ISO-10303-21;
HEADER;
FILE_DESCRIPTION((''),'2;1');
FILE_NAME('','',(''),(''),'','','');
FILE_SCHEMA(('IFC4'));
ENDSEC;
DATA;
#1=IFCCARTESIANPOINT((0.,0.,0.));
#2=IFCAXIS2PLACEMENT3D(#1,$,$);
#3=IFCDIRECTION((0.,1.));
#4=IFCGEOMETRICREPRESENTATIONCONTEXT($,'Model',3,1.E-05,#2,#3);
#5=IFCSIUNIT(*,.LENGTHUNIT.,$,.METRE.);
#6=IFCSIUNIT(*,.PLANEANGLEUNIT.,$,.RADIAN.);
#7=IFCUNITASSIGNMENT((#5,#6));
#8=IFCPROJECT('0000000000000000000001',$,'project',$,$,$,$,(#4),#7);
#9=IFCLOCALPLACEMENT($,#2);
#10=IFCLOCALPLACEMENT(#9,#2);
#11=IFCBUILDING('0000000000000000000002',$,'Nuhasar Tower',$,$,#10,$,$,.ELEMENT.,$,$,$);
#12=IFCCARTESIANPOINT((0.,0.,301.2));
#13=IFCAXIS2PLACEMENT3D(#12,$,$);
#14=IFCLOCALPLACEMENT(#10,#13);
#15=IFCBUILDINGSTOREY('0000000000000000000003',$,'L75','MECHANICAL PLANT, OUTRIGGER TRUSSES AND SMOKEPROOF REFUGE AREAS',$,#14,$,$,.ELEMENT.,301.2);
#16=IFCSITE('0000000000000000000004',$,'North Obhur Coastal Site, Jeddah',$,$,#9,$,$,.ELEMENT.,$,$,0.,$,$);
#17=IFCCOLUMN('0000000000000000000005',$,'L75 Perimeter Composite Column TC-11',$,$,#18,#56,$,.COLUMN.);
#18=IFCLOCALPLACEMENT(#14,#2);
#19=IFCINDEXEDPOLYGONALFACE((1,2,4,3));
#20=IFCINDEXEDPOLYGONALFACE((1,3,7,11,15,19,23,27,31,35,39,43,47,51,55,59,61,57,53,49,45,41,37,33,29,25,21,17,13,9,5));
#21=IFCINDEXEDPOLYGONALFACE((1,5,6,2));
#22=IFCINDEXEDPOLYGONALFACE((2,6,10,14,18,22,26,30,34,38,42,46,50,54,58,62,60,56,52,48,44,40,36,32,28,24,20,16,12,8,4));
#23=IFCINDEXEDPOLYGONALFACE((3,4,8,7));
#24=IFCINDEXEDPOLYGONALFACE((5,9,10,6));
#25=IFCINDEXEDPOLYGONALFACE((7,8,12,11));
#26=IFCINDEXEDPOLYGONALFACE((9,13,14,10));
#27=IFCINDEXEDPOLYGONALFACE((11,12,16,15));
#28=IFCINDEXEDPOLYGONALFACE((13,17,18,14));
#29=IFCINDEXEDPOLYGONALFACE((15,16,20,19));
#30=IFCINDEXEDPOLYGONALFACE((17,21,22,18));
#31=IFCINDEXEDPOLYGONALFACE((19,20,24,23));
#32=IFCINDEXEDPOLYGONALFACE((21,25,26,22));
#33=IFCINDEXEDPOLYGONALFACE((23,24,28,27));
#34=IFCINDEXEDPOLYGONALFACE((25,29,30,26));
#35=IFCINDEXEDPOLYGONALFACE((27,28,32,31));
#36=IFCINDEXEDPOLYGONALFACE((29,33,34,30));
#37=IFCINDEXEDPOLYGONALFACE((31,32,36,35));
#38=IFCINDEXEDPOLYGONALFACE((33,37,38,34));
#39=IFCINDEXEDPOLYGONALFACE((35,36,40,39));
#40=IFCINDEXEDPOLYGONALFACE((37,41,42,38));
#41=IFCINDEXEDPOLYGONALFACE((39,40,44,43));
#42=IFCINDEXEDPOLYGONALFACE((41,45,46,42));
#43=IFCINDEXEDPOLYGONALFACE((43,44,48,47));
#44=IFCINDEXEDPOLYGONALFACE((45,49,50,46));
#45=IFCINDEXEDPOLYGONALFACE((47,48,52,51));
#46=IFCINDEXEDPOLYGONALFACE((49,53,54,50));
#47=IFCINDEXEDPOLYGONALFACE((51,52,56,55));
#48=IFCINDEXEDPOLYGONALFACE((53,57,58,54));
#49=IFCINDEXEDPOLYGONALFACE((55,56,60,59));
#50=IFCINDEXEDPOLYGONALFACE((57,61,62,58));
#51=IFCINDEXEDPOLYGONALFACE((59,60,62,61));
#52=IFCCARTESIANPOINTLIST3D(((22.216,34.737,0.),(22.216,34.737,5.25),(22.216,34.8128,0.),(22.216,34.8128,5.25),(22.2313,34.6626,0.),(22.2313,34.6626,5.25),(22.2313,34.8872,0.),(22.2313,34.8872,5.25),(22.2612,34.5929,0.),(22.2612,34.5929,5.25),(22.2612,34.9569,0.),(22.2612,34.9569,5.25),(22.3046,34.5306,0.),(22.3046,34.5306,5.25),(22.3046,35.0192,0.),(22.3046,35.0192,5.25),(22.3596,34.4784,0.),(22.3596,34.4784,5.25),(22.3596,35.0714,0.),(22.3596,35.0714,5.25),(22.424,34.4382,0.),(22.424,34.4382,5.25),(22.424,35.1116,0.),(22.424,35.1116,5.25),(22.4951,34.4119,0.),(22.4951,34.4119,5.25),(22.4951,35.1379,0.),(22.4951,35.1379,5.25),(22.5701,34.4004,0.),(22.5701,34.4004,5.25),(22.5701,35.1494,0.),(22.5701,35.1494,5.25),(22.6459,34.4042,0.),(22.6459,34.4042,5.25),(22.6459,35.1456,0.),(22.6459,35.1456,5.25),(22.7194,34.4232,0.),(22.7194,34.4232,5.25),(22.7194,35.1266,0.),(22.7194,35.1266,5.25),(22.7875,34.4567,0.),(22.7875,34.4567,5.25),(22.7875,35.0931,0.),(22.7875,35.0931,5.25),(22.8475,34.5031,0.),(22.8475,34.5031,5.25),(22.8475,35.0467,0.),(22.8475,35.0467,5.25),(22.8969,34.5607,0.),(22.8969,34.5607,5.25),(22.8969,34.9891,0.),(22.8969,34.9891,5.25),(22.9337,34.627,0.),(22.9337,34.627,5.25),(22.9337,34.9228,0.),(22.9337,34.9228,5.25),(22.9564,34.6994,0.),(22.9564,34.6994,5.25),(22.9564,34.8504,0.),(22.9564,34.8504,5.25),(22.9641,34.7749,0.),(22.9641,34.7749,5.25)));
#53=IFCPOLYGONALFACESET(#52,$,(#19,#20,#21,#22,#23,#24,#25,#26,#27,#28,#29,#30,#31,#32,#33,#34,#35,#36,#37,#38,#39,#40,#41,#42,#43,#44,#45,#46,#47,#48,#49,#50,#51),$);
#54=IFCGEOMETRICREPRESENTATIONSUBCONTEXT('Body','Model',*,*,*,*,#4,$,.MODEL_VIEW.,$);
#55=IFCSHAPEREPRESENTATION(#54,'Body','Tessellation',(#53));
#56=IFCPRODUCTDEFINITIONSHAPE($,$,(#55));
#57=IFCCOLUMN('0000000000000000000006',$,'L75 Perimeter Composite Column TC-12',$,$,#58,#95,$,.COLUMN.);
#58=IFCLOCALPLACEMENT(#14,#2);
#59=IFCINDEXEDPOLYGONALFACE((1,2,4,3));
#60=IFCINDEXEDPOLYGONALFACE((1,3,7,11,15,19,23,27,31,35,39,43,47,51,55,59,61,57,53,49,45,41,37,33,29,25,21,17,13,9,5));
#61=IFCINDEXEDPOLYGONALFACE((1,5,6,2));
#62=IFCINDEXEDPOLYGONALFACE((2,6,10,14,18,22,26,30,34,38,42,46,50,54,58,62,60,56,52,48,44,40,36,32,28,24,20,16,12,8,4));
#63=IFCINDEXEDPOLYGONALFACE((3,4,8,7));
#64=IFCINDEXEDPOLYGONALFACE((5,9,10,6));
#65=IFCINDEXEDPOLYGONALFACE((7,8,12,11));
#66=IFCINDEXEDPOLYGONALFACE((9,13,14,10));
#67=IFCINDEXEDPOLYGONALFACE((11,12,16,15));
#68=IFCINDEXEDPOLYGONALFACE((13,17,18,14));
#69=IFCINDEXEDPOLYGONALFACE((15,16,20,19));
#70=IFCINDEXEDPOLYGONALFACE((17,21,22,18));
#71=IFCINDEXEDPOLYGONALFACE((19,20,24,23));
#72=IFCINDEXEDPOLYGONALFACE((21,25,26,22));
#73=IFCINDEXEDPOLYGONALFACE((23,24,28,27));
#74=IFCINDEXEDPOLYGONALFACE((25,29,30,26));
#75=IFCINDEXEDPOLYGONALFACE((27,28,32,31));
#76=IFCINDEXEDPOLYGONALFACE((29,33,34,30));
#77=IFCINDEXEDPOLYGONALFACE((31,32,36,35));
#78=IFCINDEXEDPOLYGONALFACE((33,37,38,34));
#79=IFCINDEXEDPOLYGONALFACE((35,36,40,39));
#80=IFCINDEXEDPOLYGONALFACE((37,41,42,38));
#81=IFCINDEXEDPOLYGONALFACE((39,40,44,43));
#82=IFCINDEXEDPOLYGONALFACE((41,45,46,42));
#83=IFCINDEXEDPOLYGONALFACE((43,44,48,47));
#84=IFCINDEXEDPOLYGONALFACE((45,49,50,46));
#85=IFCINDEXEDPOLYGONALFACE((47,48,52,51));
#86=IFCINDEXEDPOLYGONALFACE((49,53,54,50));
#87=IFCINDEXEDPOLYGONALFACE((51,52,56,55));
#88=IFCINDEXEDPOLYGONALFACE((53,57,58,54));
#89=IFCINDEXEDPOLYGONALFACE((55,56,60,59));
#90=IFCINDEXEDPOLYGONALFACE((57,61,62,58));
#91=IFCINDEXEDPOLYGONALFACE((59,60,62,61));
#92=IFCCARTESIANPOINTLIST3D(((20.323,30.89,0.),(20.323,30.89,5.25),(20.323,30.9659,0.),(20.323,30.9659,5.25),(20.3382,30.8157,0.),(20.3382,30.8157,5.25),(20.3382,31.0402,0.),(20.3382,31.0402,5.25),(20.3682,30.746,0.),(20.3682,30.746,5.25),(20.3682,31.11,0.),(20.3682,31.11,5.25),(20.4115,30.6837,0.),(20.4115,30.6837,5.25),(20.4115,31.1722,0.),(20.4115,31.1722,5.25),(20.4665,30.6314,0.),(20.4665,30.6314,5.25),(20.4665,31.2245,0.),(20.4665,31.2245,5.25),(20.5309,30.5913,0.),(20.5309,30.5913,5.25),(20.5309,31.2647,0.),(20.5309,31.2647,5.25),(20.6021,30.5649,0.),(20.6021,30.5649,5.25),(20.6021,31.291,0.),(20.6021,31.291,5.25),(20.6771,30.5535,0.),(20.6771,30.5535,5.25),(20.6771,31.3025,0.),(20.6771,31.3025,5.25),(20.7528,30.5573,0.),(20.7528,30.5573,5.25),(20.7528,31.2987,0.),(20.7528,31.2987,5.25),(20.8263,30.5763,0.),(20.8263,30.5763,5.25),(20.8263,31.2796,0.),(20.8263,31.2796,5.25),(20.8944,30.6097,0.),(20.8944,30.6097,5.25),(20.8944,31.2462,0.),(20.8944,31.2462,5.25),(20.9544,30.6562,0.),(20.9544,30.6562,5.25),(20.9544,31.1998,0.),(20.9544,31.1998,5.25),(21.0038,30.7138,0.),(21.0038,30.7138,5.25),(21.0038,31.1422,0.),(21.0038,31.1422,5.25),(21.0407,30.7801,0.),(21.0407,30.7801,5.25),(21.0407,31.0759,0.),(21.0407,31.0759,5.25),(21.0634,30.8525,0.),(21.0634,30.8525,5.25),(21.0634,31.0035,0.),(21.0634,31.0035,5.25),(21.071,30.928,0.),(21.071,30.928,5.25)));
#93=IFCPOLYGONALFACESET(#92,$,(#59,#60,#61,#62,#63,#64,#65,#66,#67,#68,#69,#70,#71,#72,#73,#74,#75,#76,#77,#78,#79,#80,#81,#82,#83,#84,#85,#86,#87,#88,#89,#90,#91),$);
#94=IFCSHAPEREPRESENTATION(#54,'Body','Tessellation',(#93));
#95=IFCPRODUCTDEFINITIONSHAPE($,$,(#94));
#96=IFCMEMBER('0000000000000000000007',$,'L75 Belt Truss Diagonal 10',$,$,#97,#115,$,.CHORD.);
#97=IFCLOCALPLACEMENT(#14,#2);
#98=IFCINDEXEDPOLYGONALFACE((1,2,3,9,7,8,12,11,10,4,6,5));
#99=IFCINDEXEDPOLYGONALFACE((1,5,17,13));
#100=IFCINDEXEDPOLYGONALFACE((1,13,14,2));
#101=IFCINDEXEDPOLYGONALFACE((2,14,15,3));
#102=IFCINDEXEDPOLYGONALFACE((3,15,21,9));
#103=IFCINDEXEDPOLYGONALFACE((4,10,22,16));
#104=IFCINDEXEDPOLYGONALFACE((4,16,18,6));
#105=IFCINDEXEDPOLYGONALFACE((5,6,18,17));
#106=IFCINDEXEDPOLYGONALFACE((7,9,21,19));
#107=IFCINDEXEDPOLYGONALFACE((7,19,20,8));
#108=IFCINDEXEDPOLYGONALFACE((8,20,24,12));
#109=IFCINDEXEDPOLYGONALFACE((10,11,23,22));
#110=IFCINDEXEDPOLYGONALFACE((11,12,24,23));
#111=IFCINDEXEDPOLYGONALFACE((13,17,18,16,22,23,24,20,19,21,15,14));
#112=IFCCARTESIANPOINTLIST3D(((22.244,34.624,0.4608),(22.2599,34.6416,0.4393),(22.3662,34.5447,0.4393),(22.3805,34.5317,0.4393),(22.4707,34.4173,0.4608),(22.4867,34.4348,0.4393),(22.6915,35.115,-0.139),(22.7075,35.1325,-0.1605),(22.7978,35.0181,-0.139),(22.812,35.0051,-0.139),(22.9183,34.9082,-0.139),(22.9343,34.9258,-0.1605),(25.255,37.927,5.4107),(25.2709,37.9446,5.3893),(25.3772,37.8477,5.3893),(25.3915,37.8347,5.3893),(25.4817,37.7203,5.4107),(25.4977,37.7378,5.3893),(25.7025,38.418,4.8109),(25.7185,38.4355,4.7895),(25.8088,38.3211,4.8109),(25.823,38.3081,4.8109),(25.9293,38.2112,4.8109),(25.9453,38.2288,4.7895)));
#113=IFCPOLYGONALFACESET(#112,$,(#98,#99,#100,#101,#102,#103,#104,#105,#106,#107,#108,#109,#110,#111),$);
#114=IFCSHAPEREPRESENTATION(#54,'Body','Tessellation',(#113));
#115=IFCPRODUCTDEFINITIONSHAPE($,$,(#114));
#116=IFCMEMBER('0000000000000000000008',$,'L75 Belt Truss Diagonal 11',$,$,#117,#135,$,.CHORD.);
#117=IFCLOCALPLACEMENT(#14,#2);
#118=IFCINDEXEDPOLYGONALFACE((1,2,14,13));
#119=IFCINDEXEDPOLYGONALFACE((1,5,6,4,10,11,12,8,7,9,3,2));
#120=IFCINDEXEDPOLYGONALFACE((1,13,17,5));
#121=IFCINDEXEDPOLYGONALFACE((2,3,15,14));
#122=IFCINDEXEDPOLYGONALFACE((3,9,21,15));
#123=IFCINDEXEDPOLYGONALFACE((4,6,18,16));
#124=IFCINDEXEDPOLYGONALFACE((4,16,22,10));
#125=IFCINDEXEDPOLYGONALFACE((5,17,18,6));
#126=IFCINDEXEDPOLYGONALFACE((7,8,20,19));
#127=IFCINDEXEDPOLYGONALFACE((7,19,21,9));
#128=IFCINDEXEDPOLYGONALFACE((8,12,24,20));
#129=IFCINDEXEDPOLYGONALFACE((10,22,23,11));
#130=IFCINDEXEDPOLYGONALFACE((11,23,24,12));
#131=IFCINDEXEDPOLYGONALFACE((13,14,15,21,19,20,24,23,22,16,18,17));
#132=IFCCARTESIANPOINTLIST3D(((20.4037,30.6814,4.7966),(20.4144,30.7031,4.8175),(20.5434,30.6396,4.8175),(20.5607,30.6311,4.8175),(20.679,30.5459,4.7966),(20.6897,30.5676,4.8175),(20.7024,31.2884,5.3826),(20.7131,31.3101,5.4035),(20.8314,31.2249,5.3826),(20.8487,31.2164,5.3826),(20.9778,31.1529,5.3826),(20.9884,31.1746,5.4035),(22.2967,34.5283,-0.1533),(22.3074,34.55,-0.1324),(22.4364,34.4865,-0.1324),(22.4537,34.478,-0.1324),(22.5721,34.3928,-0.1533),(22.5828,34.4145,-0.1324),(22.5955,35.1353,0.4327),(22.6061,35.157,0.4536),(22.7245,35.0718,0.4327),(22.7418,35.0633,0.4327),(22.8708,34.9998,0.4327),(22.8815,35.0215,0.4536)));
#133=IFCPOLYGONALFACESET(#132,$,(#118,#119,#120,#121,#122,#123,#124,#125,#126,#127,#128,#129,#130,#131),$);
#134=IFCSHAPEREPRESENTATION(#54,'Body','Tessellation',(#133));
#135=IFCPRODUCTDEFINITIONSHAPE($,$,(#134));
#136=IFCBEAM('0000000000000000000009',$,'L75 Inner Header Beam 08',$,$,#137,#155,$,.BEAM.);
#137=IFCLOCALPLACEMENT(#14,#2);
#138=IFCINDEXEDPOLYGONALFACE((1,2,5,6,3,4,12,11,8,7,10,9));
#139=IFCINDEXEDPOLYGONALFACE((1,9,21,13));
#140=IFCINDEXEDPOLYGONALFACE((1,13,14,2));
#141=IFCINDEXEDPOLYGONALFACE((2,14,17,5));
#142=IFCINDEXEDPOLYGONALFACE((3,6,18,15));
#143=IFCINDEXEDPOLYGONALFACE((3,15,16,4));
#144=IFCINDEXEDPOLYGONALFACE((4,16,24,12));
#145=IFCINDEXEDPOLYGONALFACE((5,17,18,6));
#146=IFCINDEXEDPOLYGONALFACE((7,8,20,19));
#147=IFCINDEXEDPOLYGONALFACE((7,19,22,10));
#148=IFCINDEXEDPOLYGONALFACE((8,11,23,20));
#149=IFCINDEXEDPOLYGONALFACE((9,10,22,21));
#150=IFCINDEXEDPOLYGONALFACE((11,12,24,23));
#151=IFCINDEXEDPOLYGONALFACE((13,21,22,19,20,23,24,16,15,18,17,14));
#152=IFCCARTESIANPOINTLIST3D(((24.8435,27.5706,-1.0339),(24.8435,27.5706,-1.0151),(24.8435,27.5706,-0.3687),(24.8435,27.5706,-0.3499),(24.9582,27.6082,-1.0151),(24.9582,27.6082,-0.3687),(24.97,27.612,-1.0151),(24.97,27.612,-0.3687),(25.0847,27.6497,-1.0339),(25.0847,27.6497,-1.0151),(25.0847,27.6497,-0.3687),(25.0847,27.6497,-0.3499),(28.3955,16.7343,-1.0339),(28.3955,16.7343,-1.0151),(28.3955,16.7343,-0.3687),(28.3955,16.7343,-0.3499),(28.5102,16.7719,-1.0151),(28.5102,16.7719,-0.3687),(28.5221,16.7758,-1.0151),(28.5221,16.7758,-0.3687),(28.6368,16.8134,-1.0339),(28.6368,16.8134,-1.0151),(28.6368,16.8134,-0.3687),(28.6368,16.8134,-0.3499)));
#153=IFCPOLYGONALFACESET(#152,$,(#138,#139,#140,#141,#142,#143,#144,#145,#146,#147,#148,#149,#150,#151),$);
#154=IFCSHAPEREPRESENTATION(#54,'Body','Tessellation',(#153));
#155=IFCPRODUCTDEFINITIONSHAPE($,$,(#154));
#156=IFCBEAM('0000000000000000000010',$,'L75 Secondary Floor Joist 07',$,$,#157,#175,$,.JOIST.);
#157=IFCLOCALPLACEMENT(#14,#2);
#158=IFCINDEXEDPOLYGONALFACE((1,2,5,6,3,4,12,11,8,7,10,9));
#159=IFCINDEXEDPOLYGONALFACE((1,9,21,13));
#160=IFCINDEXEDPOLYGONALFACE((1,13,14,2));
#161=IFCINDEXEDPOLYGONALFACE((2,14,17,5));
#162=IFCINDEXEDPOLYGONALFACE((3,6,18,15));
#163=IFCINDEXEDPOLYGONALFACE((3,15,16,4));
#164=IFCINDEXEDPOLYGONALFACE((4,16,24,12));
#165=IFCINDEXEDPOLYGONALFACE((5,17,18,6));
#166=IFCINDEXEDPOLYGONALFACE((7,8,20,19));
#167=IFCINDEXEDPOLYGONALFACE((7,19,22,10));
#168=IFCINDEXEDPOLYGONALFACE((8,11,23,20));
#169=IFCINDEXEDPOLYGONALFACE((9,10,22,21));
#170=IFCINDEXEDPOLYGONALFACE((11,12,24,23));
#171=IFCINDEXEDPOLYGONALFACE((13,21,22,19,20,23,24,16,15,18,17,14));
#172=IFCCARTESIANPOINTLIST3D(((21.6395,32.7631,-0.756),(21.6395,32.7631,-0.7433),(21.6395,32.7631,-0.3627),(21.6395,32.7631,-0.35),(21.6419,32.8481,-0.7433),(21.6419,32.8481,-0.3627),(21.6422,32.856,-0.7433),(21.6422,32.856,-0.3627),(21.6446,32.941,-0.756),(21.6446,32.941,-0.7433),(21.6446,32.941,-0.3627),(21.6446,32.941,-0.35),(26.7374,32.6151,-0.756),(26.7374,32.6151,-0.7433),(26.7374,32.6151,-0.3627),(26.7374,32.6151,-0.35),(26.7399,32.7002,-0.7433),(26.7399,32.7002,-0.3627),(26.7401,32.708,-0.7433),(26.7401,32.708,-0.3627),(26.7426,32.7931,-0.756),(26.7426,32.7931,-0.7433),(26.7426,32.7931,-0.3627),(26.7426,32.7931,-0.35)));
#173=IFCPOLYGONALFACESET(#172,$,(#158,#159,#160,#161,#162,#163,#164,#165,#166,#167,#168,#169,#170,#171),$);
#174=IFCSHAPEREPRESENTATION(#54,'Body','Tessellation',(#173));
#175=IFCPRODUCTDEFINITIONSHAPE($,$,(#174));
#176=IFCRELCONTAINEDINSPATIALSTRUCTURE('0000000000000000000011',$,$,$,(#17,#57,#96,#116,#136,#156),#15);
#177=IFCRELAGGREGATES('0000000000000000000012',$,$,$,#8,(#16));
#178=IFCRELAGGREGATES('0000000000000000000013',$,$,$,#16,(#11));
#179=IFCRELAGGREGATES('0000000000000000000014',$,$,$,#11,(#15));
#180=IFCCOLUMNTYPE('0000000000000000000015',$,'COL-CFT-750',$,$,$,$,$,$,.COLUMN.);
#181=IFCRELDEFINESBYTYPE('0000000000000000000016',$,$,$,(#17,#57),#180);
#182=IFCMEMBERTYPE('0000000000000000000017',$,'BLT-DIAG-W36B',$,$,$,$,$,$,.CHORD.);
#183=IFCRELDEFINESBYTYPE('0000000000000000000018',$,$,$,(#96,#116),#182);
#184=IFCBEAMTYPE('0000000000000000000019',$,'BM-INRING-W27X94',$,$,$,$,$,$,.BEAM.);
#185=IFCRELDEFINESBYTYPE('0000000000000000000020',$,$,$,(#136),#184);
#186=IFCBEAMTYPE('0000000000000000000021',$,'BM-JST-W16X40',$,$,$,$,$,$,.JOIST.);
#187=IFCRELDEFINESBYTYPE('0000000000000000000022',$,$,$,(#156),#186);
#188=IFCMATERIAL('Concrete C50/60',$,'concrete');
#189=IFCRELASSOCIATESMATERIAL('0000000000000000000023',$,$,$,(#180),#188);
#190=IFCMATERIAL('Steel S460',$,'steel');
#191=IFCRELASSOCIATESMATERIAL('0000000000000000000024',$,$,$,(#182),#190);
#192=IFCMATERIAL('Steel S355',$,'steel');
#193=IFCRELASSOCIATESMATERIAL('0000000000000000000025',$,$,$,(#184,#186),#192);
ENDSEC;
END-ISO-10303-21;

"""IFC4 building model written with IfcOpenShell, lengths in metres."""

from ifc_helpers import new_model, si_unit, direction, frame, origin, origin_2d, place, context, subcontext, project, spatial, circle, i_section, extrude, material, material_profile, profile_set, type_object, element, save


model = new_model("IFC4")

# Units and contexts
model_context = context("Model", 3, precision=1e-05, world=origin(), true_north=direction((0.0, 1.0)))
body_context = subcontext(model_context, "Body", "Model", "MODEL_VIEW")
ifc_project = project(units=[si_unit("LENGTHUNIT", "METRE"), si_unit("PLANEANGLEUNIT", "RADIAN")], contexts=[model_context])

# Site, building, storey
site_placement = place(None, origin())
site = spatial("IfcSite", under=ifc_project, at=site_placement, Name="North Obhur Coastal Site, Jeddah", CompositionType="ELEMENT", RefElevation=0.0)
building_placement = place(site_placement, origin())
building = spatial("IfcBuilding", under=site, at=building_placement, Name="Nuhasar Tower", CompositionType="ELEMENT")
storey_placement = place(building_placement, frame((0.0, 0.0, 301.2)))
storey = spatial("IfcBuildingStorey", under=building, at=storey_placement, Name="L75", Description="MECHANICAL PLANT, OUTRIGGER TRUSSES AND SMOKEPROOF REFUGE AREAS", CompositionType="ELEMENT", Elevation=301.2)

# Columns
ifc_material_1 = material(Name="Concrete C50/60", Category="concrete")
ifc_material_profile_1 = material_profile(ifc_material_1, circle(Radius=0.375, at=origin_2d()), Name="CFT750")
ifc_profile_set_1 = profile_set([ifc_material_profile_1], Name="Concrete C50/60")
column_type = type_object("IfcColumnType", Name="COL-CFT-750", PredefinedType="COLUMN", material=ifc_profile_set_1)
for number, where, z_axis, x_axis, name in (
    (1, (22.5891, 34.7749, 0.0), (0.0, 0.0, 1.0), (1.0, 0.0, 0.0), "L75 Perimeter Composite Column TC-11"),
    (2, (20.696, 30.928, 0.0), (0.0, 0.0, 1.0), (1.0, 0.0, 0.0), "L75 Perimeter Composite Column TC-12"),
):
    element("IfcColumn", number, at=place(storey_placement, frame(where, z_axis=z_axis, x_axis=x_axis)), inside=storey, type_object=column_type, Name=name, PredefinedType="COLUMN", context=body_context, shape_type="SweptSolid", body=[
        extrude(circle(Radius=0.375, at=origin_2d()), origin(), (0.0, 0.0, 1.0), 5.25),
    ])

# Members
ifc_material_2 = material(Name="Steel S460", Category="steel")
ifc_material_profile_2 = material_profile(ifc_material_2, i_section(OverallWidth=0.3069, OverallDepth=0.927, WebThickness=0.0193, FlangeThickness=0.032, at=origin_2d()), Name="W36X194")
ifc_profile_set_2 = profile_set([ifc_material_profile_2], Name="Steel S460")
member_type_1 = type_object("IfcMemberType", Name="BLT-DIAG-W36B", PredefinedType="CHORD", material=ifc_profile_set_2)
member_1_placement = place(storey_placement, frame((22.5891, 34.7749, 0.1501), z_axis=(0.451479, 0.495261, 0.742215), x_axis=(-0.739017, 0.673686, 0.0)))
element("IfcMember", 3, at=member_1_placement, inside=storey, type_object=member_type_1, Name="L75 Belt Truss Diagonal 10", PredefinedType="CHORD", context=body_context, shape_type="SweptSolid", body=[
    extrude(i_section(OverallWidth=0.3069, OverallDepth=0.927, WebThickness=0.0193, FlangeThickness=0.032, at=origin_2d()), origin(), (0.0, 0.0, 1.0), 6.6692),
])
member_2_placement = place(storey_placement, frame((22.5891, 34.7749, 0.1501), z_axis=(-0.289078, -0.58744, 0.755876), x_axis=(0.897245, -0.441533, 0.0)))
element("IfcMember", 4, at=member_2_placement, inside=storey, type_object=member_type_1, Name="L75 Belt Truss Diagonal 11", PredefinedType="CHORD", context=body_context, shape_type="SweptSolid", body=[
    extrude(i_section(OverallWidth=0.3069, OverallDepth=0.927, WebThickness=0.0193, FlangeThickness=0.032, at=origin_2d()), origin(), (0.0, 0.0, 1.0), 6.5486),
])

# Beams
ifc_material_3 = material(Name="Steel S355", Category="steel")
ifc_material_profile_3 = material_profile(ifc_material_3, i_section(OverallWidth=0.2539, OverallDepth=0.6841, WebThickness=0.0125, FlangeThickness=0.0188, at=origin_2d()), Name="W27X94")
ifc_profile_set_3 = profile_set([ifc_material_profile_3], Name="Steel S355")
beam_type_1 = type_object("IfcBeamType", Name="BM-INRING-W27X94", PredefinedType="BEAM", material=ifc_profile_set_3)
beam_1_placement = place(storey_placement, frame((24.9641, 27.6101, -0.6919), z_axis=(0.311484, -0.950251, 0.0), x_axis=(0.950251, 0.311484, 0.0)))
element("IfcBeam", 5, at=beam_1_placement, inside=storey, type_object=beam_type_1, Name="L75 Inner Header Beam 08", PredefinedType="BEAM", context=body_context, shape_type="SweptSolid", body=[
    extrude(i_section(OverallWidth=0.2539, OverallDepth=0.6841, WebThickness=0.0125, FlangeThickness=0.0188, at=origin_2d()), origin(), (0.0, 0.0, 1.0), 11.4036),
])
ifc_material_profile_4 = material_profile(ifc_material_3, i_section(OverallWidth=0.178, OverallDepth=0.406, WebThickness=0.0078, FlangeThickness=0.0127, at=origin_2d()), Name="W16X40")
ifc_profile_set_4 = profile_set([ifc_material_profile_4], Name="Steel S355")
beam_type_2 = type_object("IfcBeamType", Name="BM-JST-W16X40", PredefinedType="JOIST", material=ifc_profile_set_4)
beam_2_placement = place(storey_placement, frame((26.74, 32.7041, -0.553), z_axis=(-0.999579, 0.029009, 0.0), x_axis=(-0.029009, -0.999579, 0.0)))
element("IfcBeam", 6, at=beam_2_placement, inside=storey, type_object=beam_type_2, Name="L75 Secondary Floor Joist 07", PredefinedType="JOIST", context=body_context, shape_type="SweptSolid", body=[
    extrude(i_section(OverallWidth=0.178, OverallDepth=0.406, WebThickness=0.0078, FlangeThickness=0.0127, at=origin_2d()), origin(), (0.0, 0.0, 1.0), 5.1001),
])

save(model, "model.ifc")
